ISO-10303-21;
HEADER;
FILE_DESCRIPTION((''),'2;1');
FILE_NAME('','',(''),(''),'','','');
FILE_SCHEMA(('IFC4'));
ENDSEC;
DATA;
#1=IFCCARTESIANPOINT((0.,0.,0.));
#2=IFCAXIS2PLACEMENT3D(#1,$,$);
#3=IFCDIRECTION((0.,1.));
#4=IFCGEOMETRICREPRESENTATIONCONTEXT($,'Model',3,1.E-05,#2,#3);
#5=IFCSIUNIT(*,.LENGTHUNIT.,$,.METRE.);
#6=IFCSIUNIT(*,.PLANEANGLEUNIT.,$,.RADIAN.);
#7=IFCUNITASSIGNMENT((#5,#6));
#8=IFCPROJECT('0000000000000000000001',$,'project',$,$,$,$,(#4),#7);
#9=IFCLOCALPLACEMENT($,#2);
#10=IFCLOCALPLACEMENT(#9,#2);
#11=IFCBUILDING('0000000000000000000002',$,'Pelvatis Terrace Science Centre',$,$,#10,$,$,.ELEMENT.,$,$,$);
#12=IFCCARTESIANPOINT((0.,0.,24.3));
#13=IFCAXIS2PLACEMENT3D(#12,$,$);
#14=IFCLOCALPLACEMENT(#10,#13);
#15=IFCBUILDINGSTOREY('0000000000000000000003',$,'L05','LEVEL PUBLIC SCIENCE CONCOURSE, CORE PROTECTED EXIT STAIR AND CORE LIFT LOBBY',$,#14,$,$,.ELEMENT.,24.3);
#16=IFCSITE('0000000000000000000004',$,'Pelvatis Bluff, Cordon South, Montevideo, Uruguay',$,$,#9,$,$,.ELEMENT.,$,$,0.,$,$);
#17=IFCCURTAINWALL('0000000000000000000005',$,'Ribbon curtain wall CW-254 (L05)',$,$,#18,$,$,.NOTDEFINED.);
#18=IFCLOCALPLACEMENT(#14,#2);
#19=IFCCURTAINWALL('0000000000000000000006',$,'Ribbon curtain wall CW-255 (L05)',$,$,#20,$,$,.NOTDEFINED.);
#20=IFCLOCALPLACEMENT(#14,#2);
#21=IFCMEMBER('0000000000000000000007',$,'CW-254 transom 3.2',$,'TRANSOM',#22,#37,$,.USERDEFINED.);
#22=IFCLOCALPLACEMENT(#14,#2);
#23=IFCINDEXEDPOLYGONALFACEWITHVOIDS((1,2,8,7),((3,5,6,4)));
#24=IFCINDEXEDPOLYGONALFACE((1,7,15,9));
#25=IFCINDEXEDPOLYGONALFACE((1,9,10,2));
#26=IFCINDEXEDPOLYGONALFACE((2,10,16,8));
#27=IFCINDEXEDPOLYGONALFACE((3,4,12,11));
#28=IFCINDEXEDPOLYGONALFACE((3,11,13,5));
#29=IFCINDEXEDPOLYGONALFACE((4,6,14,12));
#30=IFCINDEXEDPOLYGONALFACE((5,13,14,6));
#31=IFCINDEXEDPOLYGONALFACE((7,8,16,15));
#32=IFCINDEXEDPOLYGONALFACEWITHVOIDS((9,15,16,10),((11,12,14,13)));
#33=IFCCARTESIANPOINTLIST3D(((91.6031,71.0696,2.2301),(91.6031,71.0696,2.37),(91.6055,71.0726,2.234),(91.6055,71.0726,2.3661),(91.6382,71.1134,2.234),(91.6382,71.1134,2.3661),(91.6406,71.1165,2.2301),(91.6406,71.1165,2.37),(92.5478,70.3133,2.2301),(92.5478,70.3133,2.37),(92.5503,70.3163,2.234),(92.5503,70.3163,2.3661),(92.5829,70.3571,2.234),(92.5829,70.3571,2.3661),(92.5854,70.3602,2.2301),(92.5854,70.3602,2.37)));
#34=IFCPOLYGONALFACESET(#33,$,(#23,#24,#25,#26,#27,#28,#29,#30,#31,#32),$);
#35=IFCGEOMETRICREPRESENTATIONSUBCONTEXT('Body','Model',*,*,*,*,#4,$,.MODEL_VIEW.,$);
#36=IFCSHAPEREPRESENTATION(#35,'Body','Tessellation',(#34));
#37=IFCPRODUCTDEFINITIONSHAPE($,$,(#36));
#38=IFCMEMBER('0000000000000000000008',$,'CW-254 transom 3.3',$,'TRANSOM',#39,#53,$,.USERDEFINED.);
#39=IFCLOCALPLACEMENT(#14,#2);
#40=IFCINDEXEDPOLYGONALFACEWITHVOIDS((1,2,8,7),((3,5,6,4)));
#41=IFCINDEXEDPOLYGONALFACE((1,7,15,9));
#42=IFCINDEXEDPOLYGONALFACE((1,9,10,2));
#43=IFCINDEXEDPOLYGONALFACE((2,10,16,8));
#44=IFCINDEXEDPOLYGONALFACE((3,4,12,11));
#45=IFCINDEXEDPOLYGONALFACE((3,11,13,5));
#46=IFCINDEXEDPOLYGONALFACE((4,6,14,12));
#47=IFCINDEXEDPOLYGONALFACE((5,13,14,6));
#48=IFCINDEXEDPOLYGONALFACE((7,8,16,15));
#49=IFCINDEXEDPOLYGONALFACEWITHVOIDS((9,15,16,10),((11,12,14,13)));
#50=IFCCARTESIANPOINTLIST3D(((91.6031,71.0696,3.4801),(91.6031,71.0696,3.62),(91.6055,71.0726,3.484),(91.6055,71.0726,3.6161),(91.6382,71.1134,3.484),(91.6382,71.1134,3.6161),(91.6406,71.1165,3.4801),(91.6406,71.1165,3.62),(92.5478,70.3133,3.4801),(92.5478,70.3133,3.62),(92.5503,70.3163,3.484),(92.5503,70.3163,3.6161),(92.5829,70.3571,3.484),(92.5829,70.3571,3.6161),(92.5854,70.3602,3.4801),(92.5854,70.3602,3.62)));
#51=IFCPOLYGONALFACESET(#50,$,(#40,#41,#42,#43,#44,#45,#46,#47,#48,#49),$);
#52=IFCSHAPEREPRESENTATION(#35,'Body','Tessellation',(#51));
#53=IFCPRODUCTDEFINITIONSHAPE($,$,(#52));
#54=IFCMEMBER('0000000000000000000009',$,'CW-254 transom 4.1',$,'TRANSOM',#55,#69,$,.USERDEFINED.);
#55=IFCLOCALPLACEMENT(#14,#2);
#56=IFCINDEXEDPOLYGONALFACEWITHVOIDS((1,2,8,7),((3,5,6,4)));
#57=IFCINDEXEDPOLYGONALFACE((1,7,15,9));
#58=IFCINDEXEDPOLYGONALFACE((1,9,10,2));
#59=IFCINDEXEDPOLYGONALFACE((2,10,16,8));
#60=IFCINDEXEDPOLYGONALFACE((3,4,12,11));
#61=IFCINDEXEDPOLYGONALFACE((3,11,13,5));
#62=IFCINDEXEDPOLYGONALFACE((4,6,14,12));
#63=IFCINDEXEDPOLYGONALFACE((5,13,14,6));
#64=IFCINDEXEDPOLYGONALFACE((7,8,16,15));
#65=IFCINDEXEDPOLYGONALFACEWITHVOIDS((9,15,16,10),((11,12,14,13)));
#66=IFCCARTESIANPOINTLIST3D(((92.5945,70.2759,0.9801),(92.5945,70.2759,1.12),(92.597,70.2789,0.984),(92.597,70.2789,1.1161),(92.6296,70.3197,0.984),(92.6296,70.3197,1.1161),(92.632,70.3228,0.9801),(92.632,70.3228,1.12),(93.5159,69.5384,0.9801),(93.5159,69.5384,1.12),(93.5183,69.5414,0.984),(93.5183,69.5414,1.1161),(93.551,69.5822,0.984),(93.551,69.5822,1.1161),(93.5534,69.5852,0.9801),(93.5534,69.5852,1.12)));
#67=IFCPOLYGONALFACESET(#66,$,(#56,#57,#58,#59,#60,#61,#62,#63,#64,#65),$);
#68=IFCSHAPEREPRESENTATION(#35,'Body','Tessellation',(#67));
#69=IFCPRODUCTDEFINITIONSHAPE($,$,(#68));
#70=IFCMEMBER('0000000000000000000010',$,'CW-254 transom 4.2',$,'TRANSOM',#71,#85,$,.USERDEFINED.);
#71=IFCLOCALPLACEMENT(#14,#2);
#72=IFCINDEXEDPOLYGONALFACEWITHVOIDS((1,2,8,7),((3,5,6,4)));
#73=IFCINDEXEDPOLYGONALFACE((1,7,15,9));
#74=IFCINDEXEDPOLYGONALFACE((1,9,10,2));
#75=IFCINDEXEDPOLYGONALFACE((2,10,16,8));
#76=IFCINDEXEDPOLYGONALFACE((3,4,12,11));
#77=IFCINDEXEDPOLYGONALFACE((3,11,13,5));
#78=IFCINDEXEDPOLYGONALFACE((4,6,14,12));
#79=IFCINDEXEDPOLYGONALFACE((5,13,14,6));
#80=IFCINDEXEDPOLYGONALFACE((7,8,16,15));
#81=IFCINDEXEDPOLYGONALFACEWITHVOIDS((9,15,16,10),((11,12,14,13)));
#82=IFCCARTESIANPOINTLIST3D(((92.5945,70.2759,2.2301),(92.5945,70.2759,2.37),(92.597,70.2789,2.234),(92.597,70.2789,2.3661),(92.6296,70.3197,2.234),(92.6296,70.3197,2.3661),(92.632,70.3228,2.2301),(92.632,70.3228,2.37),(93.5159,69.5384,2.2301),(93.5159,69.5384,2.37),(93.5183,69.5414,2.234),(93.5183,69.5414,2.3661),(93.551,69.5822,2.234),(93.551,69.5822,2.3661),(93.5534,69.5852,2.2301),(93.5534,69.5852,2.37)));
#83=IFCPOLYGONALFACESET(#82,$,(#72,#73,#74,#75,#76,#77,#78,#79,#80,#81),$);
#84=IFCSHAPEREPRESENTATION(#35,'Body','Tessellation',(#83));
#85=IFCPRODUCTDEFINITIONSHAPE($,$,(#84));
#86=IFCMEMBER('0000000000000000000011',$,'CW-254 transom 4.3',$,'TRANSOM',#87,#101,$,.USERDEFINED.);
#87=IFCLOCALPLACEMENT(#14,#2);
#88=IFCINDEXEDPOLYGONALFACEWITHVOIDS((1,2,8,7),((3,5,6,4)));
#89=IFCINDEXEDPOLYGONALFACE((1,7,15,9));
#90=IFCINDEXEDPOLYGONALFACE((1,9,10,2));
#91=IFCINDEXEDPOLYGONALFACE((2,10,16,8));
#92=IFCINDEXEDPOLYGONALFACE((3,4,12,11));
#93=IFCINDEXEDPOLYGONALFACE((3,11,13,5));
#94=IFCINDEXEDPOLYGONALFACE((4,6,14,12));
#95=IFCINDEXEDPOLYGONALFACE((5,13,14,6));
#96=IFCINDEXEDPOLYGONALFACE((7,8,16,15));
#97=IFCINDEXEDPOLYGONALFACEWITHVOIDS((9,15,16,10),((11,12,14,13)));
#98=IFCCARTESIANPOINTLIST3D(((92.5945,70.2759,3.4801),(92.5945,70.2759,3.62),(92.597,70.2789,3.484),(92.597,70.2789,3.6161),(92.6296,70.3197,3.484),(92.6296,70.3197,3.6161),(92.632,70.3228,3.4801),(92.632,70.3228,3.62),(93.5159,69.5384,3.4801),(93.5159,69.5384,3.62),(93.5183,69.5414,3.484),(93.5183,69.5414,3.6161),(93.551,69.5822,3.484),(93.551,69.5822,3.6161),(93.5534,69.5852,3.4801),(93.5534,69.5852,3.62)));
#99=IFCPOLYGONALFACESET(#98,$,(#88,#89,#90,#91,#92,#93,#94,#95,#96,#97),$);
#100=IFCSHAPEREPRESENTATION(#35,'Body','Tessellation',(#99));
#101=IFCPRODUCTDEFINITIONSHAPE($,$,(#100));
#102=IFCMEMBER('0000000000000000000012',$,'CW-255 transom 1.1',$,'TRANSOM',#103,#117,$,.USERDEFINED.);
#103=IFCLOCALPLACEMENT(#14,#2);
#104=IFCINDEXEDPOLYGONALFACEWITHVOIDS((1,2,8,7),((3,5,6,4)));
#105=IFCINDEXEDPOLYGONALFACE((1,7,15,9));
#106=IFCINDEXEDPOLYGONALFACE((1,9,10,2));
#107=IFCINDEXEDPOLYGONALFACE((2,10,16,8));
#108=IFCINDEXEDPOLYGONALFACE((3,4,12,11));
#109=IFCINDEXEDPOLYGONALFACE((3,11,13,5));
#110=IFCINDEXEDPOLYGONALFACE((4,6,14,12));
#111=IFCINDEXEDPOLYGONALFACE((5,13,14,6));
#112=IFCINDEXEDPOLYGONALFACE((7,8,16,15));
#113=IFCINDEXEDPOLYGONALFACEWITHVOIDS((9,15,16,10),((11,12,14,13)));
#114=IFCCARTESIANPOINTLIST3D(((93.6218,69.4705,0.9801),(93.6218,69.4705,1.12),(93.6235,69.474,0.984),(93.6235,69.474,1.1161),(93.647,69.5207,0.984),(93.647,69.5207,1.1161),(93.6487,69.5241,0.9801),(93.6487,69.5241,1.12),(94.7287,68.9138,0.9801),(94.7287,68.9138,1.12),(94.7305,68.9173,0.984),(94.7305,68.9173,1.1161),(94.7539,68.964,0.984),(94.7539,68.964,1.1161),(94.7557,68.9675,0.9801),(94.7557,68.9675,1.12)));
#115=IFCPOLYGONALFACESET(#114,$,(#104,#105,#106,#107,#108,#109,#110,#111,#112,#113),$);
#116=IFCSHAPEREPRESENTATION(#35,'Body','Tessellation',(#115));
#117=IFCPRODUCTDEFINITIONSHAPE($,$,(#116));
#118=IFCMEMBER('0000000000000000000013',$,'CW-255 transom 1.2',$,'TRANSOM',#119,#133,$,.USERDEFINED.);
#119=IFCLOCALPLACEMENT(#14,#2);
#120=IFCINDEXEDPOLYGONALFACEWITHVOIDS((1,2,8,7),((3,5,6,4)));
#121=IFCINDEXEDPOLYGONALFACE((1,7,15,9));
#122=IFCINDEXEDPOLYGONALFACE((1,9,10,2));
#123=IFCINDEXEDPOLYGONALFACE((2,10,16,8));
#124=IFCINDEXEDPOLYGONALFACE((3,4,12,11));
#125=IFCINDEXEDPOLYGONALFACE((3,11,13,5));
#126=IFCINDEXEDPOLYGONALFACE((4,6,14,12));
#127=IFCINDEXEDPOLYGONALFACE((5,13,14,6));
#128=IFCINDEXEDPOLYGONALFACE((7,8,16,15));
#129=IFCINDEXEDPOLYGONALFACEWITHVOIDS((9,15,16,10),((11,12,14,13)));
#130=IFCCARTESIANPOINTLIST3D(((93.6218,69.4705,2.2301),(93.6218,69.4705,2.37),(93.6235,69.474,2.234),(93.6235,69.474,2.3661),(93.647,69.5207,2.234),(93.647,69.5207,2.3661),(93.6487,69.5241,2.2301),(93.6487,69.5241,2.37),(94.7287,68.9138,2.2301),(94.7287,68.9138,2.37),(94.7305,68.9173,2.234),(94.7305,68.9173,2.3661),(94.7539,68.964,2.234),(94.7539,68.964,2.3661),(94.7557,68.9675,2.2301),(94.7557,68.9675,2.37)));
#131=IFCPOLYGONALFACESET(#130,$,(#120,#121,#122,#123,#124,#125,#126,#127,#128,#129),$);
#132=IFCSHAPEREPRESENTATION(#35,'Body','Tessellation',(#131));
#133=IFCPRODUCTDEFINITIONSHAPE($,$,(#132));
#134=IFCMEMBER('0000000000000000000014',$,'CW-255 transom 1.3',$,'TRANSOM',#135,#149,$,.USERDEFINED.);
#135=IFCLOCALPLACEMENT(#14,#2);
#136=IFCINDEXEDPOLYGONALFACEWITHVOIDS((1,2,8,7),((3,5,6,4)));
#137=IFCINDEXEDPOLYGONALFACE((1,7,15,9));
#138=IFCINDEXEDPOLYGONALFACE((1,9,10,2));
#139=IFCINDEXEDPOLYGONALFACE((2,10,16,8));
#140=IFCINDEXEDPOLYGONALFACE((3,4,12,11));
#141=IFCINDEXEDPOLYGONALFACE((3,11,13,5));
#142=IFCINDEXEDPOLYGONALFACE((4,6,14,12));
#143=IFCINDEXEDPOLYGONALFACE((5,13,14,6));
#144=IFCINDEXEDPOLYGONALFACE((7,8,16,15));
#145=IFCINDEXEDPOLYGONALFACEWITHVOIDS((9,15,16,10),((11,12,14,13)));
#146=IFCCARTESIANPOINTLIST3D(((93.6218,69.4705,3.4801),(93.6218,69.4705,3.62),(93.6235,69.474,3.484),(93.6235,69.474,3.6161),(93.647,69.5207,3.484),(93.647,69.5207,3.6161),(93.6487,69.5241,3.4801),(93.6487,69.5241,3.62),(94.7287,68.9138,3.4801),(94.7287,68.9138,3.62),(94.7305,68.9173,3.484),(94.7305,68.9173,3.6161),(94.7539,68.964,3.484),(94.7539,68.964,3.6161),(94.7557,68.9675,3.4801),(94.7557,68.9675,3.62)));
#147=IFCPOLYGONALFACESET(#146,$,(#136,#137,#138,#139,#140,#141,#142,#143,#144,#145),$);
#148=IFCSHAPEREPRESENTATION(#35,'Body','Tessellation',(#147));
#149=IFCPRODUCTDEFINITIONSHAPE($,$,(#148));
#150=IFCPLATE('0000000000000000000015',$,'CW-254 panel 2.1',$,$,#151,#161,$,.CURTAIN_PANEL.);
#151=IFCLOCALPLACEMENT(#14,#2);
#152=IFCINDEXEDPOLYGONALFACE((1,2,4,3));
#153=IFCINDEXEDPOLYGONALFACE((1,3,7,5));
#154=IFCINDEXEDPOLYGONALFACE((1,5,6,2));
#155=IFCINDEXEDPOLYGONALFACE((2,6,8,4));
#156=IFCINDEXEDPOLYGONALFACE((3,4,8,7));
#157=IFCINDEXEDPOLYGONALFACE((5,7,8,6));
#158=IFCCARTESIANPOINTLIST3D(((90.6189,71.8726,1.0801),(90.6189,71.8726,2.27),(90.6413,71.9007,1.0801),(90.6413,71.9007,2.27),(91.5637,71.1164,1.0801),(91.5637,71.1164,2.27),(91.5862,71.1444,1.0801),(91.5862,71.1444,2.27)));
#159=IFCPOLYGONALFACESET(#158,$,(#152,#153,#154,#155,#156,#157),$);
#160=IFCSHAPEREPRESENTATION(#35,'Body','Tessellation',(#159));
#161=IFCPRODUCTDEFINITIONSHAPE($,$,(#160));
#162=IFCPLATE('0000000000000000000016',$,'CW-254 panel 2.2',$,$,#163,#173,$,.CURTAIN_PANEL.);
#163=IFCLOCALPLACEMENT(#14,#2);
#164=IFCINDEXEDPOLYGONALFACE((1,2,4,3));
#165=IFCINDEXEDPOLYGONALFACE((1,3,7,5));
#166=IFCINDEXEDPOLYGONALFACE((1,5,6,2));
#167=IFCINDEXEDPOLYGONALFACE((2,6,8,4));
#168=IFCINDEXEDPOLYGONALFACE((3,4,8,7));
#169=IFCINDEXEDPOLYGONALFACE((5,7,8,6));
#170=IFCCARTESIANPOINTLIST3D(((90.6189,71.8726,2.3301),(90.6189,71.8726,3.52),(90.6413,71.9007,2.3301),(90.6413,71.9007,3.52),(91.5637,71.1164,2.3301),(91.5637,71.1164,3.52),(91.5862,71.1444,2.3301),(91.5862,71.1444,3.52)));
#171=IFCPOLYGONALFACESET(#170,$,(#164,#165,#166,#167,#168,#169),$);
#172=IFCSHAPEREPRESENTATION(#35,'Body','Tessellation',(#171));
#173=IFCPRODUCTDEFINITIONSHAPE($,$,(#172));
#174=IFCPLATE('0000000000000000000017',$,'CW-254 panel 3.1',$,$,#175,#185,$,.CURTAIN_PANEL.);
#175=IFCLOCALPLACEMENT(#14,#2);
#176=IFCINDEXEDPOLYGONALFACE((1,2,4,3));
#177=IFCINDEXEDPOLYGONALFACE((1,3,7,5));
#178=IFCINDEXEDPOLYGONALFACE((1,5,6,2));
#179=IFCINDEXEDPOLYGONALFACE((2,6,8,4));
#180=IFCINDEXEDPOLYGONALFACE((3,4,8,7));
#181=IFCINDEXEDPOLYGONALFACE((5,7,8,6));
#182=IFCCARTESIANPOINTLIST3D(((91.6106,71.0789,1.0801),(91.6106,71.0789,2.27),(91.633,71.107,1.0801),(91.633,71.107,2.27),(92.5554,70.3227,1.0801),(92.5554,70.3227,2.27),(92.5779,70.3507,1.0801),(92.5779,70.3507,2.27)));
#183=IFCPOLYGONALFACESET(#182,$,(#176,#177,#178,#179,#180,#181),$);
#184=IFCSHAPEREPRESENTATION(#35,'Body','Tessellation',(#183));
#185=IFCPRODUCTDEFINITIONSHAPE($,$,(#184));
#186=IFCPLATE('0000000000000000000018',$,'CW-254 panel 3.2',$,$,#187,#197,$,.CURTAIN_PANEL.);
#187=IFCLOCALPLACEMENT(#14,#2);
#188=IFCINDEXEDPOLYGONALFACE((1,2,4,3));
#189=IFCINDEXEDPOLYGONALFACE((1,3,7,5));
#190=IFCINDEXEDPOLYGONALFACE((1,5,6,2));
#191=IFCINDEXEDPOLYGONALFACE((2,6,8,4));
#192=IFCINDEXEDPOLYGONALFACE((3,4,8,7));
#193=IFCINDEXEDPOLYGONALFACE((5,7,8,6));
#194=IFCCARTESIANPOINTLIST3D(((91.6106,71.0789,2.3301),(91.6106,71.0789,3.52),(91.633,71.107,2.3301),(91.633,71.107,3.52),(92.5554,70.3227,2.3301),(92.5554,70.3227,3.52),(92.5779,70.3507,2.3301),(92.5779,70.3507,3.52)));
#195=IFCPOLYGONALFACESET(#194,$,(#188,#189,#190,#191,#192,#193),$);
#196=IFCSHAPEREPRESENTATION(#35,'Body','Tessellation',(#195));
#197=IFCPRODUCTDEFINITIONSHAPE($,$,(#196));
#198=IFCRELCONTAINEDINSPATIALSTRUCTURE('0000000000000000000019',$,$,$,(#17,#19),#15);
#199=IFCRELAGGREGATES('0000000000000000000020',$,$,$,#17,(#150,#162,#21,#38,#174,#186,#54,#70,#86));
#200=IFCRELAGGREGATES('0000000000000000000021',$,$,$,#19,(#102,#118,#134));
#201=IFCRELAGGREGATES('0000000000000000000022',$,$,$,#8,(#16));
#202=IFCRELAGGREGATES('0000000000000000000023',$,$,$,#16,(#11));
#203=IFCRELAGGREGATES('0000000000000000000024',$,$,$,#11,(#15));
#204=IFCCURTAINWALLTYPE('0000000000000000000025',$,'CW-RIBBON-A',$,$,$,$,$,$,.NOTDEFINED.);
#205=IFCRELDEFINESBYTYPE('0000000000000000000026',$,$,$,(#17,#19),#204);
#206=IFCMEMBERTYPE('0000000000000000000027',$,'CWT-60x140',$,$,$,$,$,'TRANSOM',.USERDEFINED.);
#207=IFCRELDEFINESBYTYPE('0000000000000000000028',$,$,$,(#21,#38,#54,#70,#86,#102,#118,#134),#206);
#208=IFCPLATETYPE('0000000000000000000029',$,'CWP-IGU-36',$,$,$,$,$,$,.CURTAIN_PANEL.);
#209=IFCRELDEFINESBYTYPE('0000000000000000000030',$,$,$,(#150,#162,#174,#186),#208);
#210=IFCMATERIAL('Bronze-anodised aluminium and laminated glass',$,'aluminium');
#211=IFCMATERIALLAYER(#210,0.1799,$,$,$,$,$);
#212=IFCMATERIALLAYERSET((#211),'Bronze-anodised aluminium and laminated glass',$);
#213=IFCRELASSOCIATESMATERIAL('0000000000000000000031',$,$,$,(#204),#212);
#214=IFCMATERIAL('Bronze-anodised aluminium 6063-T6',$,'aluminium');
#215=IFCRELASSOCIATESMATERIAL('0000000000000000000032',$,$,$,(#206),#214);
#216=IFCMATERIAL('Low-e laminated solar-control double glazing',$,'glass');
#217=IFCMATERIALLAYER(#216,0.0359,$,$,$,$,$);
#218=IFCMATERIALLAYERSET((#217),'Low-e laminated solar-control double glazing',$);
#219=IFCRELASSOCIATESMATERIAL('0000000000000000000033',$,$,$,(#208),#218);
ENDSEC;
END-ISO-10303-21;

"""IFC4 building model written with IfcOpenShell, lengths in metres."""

from ifc_helpers import new_model, si_unit, direction, frame, origin, origin_2d, place, context, subcontext, project, spatial, rectangle, hollow_rectangle, extrude, material, layer, layer_set, material_profile, profile_set, type_object, element, aggregate, save


model = new_model("IFC4")

# Units and contexts
model_context = context("Model", 3, precision=1e-05, world=origin(), true_north=direction((0.0, 1.0)))
body_context = subcontext(model_context, "Body", "Model", "MODEL_VIEW")
ifc_project = project(units=[si_unit("LENGTHUNIT", "METRE"), si_unit("PLANEANGLEUNIT", "RADIAN")], contexts=[model_context])

# Site, building, storey
site_placement = place(None, origin())
site = spatial("IfcSite", under=ifc_project, at=site_placement, Name="Pelvatis Bluff, Cordon South, Montevideo, Uruguay", CompositionType="ELEMENT", RefElevation=0.0)
building_placement = place(site_placement, origin())
building = spatial("IfcBuilding", under=site, at=building_placement, Name="Pelvatis Terrace Science Centre", CompositionType="ELEMENT")
storey_placement = place(building_placement, frame((0.0, 0.0, 24.3)))
storey = spatial("IfcBuildingStorey", under=building, at=storey_placement, Name="L05", Description="LEVEL PUBLIC SCIENCE CONCOURSE, CORE PROTECTED EXIT STAIR AND CORE LIFT LOBBY", CompositionType="ELEMENT", Elevation=24.3)

# Curtain wall
ifc_material_1 = material(Name="Bronze-anodised aluminium and laminated glass", Category="aluminium")
ifc_layer_1 = layer(ifc_material_1, 0.1799)
ifc_layer_set_1 = layer_set([ifc_layer_1], Name="Bronze-anodised aluminium and laminated glass")
curtain_wall_type = type_object("IfcCurtainWallType", Name="CW-RIBBON-A", PredefinedType="NOTDEFINED", material=ifc_layer_set_1)
curtain_wall_1_placement = place(storey_placement, origin())
curtain_wall_1 = element("IfcCurtainWall", 1, at=curtain_wall_1_placement, inside=storey, type_object=curtain_wall_type, Name="Ribbon curtain wall CW-254 (L05)", PredefinedType="NOTDEFINED")

# Curtain wall
curtain_wall_2_placement = place(storey_placement, origin())
curtain_wall_2 = element("IfcCurtainWall", 2, at=curtain_wall_2_placement, inside=storey, type_object=curtain_wall_type, Name="Ribbon curtain wall CW-255 (L05)", PredefinedType="NOTDEFINED")

# Members
ifc_material_2 = material(Name="Bronze-anodised aluminium 6063-T6", Category="aluminium")
ifc_material_profile_1 = material_profile(ifc_material_2, hollow_rectangle(XDim=0.0601, YDim=0.1399, WallThickness=0.0039, at=origin_2d()), Name="ALU-TRN 60x140")
ifc_profile_set_1 = profile_set([ifc_material_profile_1], Name="Bronze-anodised aluminium 6063-T6")
member_type_1 = type_object("IfcMemberType", Name="CWT-60x140", ElementType="TRANSOM", PredefinedType="USERDEFINED", material=ifc_profile_set_1)
member_1_placement = place(storey_placement, frame((91.6218, 71.093, 2.3), z_axis=(0.780672, -0.624941, 0.0), x_axis=(0.624941, 0.780672, 0.0)))
member_1 = element("IfcMember", 3, at=member_1_placement, type_object=member_type_1, Name="CW-254 transom 3.2", ObjectType="TRANSOM", PredefinedType="USERDEFINED", context=body_context, shape_type="SweptSolid", body=[
    extrude(hollow_rectangle(XDim=0.0601, YDim=0.1399, WallThickness=0.0039, at=origin_2d()), origin(), (0.0, 0.0, 1.0), 1.2102),
])
member_2_placement = place(storey_placement, frame((91.6218, 71.093, 3.55), z_axis=(0.780672, -0.624941, 0.0), x_axis=(0.624941, 0.780672, 0.0)))
member_2 = element("IfcMember", 4, at=member_2_placement, type_object=member_type_1, Name="CW-254 transom 3.3", ObjectType="TRANSOM", PredefinedType="USERDEFINED", context=body_context, shape_type="SweptSolid", body=[
    extrude(hollow_rectangle(XDim=0.0601, YDim=0.1399, WallThickness=0.0039, at=origin_2d()), origin(), (0.0, 0.0, 1.0), 1.2102),
])
member_3_placement = place(storey_placement, frame((92.6133, 70.2993, 1.05), z_axis=(0.780687, -0.624922, 0.0), x_axis=(0.624922, 0.780687, 0.0)))
member_3 = element("IfcMember", 5, at=member_3_placement, type_object=member_type_1, Name="CW-254 transom 4.1", ObjectType="TRANSOM", PredefinedType="USERDEFINED", context=body_context, shape_type="SweptSolid", body=[
    extrude(hollow_rectangle(XDim=0.0601, YDim=0.1399, WallThickness=0.0039, at=origin_2d()), origin(), (0.0, 0.0, 1.0), 1.1802),
])
member_4_placement = place(storey_placement, frame((92.6133, 70.2993, 2.3), z_axis=(0.780687, -0.624922, 0.0), x_axis=(0.624922, 0.780687, 0.0)))
member_4 = element("IfcMember", 6, at=member_4_placement, type_object=member_type_1, Name="CW-254 transom 4.2", ObjectType="TRANSOM", PredefinedType="USERDEFINED", context=body_context, shape_type="SweptSolid", body=[
    extrude(hollow_rectangle(XDim=0.0601, YDim=0.1399, WallThickness=0.0039, at=origin_2d()), origin(), (0.0, 0.0, 1.0), 1.1802),
])
member_5_placement = place(storey_placement, frame((92.6133, 70.2993, 3.55), z_axis=(0.780687, -0.624922, 0.0), x_axis=(0.624922, 0.780687, 0.0)))
member_5 = element("IfcMember", 7, at=member_5_placement, type_object=member_type_1, Name="CW-254 transom 4.3", ObjectType="TRANSOM", PredefinedType="USERDEFINED", context=body_context, shape_type="SweptSolid", body=[
    extrude(hollow_rectangle(XDim=0.0601, YDim=0.1399, WallThickness=0.0039, at=origin_2d()), origin(), (0.0, 0.0, 1.0), 1.1802),
])
member_6_placement = place(storey_placement, frame((93.6353, 69.4973, 1.05), z_axis=(0.8934, -0.449262, 0.0), x_axis=(0.449262, 0.8934, 0.0)))
member_6 = element("IfcMember", 8, at=member_6_placement, type_object=member_type_1, Name="CW-255 transom 1.1", ObjectType="TRANSOM", PredefinedType="USERDEFINED", context=body_context, shape_type="SweptSolid", body=[
    extrude(hollow_rectangle(XDim=0.0601, YDim=0.1399, WallThickness=0.0039, at=origin_2d()), origin(), (0.0, 0.0, 1.0), 1.239),
])
member_7_placement = place(storey_placement, frame((93.6353, 69.4973, 2.3), z_axis=(0.8934, -0.449262, 0.0), x_axis=(0.449262, 0.8934, 0.0)))
member_7 = element("IfcMember", 9, at=member_7_placement, type_object=member_type_1, Name="CW-255 transom 1.2", ObjectType="TRANSOM", PredefinedType="USERDEFINED", context=body_context, shape_type="SweptSolid", body=[
    extrude(hollow_rectangle(XDim=0.0601, YDim=0.1399, WallThickness=0.0039, at=origin_2d()), origin(), (0.0, 0.0, 1.0), 1.239),
])
member_8_placement = place(storey_placement, frame((93.6353, 69.4973, 3.55), z_axis=(0.8934, -0.449262, 0.0), x_axis=(0.449262, 0.8934, 0.0)))
member_8 = element("IfcMember", 10, at=member_8_placement, type_object=member_type_1, Name="CW-255 transom 1.3", ObjectType="TRANSOM", PredefinedType="USERDEFINED", context=body_context, shape_type="SweptSolid", body=[
    extrude(hollow_rectangle(XDim=0.0601, YDim=0.1399, WallThickness=0.0039, at=origin_2d()), origin(), (0.0, 0.0, 1.0), 1.239),
])

# Plates
ifc_material_3 = material(Name="Low-e laminated solar-control double glazing", Category="glass")
ifc_layer_2 = layer(ifc_material_3, 0.0359)
ifc_layer_set_2 = layer_set([ifc_layer_2], Name="Low-e laminated solar-control double glazing")
plate_type = type_object("IfcPlateType", Name="CWP-IGU-36", PredefinedType="CURTAIN_PANEL", material=ifc_layer_set_2)
plate_1_placement = place(storey_placement, frame((91.1025, 71.5085, 1.0801), z_axis=(0.0, 0.0, 1.0), x_axis=(0.780725, -0.624875, 0.0)))
plate_1 = element("IfcPlate", 11, at=plate_1_placement, type_object=plate_type, Name="CW-254 panel 2.1", PredefinedType="CURTAIN_PANEL", context=body_context, shape_type="SweptSolid", body=[
    extrude(rectangle(XDim=1.2102, YDim=0.0359, at=origin_2d()), origin(), (0.0, 0.0, 1.0), 1.1899),
])
plate_2_placement = place(storey_placement, frame((91.1025, 71.5085, 2.3301), z_axis=(0.0, 0.0, 1.0), x_axis=(0.780725, -0.624875, 0.0)))
plate_2 = element("IfcPlate", 12, at=plate_2_placement, type_object=plate_type, Name="CW-254 panel 2.2", PredefinedType="CURTAIN_PANEL", context=body_context, shape_type="SweptSolid", body=[
    extrude(rectangle(XDim=1.2102, YDim=0.0359, at=origin_2d()), origin(), (0.0, 0.0, 1.0), 1.1899),
])
plate_3_placement = place(storey_placement, frame((92.0942, 70.7148, 1.0801), z_axis=(0.0, 0.0, 1.0), x_axis=(0.780725, -0.624875, 0.0)))
plate_3 = element("IfcPlate", 13, at=plate_3_placement, type_object=plate_type, Name="CW-254 panel 3.1", PredefinedType="CURTAIN_PANEL", context=body_context, shape_type="SweptSolid", body=[
    extrude(rectangle(XDim=1.2102, YDim=0.0359, at=origin_2d()), origin(), (0.0, 0.0, 1.0), 1.1899),
])
plate_4_placement = place(storey_placement, frame((92.0942, 70.7148, 2.3301), z_axis=(0.0, 0.0, 1.0), x_axis=(0.780725, -0.624875, 0.0)))
plate_4 = element("IfcPlate", 14, at=plate_4_placement, type_object=plate_type, Name="CW-254 panel 3.2", PredefinedType="CURTAIN_PANEL", context=body_context, shape_type="SweptSolid", body=[
    extrude(rectangle(XDim=1.2102, YDim=0.0359, at=origin_2d()), origin(), (0.0, 0.0, 1.0), 1.1899),
])
aggregate(curtain_wall_1, [plate_1, plate_2, member_1, member_2, plate_3, plate_4, member_3, member_4, member_5])
aggregate(curtain_wall_2, [member_6, member_7, member_8])

save(model, "model.ifc")
